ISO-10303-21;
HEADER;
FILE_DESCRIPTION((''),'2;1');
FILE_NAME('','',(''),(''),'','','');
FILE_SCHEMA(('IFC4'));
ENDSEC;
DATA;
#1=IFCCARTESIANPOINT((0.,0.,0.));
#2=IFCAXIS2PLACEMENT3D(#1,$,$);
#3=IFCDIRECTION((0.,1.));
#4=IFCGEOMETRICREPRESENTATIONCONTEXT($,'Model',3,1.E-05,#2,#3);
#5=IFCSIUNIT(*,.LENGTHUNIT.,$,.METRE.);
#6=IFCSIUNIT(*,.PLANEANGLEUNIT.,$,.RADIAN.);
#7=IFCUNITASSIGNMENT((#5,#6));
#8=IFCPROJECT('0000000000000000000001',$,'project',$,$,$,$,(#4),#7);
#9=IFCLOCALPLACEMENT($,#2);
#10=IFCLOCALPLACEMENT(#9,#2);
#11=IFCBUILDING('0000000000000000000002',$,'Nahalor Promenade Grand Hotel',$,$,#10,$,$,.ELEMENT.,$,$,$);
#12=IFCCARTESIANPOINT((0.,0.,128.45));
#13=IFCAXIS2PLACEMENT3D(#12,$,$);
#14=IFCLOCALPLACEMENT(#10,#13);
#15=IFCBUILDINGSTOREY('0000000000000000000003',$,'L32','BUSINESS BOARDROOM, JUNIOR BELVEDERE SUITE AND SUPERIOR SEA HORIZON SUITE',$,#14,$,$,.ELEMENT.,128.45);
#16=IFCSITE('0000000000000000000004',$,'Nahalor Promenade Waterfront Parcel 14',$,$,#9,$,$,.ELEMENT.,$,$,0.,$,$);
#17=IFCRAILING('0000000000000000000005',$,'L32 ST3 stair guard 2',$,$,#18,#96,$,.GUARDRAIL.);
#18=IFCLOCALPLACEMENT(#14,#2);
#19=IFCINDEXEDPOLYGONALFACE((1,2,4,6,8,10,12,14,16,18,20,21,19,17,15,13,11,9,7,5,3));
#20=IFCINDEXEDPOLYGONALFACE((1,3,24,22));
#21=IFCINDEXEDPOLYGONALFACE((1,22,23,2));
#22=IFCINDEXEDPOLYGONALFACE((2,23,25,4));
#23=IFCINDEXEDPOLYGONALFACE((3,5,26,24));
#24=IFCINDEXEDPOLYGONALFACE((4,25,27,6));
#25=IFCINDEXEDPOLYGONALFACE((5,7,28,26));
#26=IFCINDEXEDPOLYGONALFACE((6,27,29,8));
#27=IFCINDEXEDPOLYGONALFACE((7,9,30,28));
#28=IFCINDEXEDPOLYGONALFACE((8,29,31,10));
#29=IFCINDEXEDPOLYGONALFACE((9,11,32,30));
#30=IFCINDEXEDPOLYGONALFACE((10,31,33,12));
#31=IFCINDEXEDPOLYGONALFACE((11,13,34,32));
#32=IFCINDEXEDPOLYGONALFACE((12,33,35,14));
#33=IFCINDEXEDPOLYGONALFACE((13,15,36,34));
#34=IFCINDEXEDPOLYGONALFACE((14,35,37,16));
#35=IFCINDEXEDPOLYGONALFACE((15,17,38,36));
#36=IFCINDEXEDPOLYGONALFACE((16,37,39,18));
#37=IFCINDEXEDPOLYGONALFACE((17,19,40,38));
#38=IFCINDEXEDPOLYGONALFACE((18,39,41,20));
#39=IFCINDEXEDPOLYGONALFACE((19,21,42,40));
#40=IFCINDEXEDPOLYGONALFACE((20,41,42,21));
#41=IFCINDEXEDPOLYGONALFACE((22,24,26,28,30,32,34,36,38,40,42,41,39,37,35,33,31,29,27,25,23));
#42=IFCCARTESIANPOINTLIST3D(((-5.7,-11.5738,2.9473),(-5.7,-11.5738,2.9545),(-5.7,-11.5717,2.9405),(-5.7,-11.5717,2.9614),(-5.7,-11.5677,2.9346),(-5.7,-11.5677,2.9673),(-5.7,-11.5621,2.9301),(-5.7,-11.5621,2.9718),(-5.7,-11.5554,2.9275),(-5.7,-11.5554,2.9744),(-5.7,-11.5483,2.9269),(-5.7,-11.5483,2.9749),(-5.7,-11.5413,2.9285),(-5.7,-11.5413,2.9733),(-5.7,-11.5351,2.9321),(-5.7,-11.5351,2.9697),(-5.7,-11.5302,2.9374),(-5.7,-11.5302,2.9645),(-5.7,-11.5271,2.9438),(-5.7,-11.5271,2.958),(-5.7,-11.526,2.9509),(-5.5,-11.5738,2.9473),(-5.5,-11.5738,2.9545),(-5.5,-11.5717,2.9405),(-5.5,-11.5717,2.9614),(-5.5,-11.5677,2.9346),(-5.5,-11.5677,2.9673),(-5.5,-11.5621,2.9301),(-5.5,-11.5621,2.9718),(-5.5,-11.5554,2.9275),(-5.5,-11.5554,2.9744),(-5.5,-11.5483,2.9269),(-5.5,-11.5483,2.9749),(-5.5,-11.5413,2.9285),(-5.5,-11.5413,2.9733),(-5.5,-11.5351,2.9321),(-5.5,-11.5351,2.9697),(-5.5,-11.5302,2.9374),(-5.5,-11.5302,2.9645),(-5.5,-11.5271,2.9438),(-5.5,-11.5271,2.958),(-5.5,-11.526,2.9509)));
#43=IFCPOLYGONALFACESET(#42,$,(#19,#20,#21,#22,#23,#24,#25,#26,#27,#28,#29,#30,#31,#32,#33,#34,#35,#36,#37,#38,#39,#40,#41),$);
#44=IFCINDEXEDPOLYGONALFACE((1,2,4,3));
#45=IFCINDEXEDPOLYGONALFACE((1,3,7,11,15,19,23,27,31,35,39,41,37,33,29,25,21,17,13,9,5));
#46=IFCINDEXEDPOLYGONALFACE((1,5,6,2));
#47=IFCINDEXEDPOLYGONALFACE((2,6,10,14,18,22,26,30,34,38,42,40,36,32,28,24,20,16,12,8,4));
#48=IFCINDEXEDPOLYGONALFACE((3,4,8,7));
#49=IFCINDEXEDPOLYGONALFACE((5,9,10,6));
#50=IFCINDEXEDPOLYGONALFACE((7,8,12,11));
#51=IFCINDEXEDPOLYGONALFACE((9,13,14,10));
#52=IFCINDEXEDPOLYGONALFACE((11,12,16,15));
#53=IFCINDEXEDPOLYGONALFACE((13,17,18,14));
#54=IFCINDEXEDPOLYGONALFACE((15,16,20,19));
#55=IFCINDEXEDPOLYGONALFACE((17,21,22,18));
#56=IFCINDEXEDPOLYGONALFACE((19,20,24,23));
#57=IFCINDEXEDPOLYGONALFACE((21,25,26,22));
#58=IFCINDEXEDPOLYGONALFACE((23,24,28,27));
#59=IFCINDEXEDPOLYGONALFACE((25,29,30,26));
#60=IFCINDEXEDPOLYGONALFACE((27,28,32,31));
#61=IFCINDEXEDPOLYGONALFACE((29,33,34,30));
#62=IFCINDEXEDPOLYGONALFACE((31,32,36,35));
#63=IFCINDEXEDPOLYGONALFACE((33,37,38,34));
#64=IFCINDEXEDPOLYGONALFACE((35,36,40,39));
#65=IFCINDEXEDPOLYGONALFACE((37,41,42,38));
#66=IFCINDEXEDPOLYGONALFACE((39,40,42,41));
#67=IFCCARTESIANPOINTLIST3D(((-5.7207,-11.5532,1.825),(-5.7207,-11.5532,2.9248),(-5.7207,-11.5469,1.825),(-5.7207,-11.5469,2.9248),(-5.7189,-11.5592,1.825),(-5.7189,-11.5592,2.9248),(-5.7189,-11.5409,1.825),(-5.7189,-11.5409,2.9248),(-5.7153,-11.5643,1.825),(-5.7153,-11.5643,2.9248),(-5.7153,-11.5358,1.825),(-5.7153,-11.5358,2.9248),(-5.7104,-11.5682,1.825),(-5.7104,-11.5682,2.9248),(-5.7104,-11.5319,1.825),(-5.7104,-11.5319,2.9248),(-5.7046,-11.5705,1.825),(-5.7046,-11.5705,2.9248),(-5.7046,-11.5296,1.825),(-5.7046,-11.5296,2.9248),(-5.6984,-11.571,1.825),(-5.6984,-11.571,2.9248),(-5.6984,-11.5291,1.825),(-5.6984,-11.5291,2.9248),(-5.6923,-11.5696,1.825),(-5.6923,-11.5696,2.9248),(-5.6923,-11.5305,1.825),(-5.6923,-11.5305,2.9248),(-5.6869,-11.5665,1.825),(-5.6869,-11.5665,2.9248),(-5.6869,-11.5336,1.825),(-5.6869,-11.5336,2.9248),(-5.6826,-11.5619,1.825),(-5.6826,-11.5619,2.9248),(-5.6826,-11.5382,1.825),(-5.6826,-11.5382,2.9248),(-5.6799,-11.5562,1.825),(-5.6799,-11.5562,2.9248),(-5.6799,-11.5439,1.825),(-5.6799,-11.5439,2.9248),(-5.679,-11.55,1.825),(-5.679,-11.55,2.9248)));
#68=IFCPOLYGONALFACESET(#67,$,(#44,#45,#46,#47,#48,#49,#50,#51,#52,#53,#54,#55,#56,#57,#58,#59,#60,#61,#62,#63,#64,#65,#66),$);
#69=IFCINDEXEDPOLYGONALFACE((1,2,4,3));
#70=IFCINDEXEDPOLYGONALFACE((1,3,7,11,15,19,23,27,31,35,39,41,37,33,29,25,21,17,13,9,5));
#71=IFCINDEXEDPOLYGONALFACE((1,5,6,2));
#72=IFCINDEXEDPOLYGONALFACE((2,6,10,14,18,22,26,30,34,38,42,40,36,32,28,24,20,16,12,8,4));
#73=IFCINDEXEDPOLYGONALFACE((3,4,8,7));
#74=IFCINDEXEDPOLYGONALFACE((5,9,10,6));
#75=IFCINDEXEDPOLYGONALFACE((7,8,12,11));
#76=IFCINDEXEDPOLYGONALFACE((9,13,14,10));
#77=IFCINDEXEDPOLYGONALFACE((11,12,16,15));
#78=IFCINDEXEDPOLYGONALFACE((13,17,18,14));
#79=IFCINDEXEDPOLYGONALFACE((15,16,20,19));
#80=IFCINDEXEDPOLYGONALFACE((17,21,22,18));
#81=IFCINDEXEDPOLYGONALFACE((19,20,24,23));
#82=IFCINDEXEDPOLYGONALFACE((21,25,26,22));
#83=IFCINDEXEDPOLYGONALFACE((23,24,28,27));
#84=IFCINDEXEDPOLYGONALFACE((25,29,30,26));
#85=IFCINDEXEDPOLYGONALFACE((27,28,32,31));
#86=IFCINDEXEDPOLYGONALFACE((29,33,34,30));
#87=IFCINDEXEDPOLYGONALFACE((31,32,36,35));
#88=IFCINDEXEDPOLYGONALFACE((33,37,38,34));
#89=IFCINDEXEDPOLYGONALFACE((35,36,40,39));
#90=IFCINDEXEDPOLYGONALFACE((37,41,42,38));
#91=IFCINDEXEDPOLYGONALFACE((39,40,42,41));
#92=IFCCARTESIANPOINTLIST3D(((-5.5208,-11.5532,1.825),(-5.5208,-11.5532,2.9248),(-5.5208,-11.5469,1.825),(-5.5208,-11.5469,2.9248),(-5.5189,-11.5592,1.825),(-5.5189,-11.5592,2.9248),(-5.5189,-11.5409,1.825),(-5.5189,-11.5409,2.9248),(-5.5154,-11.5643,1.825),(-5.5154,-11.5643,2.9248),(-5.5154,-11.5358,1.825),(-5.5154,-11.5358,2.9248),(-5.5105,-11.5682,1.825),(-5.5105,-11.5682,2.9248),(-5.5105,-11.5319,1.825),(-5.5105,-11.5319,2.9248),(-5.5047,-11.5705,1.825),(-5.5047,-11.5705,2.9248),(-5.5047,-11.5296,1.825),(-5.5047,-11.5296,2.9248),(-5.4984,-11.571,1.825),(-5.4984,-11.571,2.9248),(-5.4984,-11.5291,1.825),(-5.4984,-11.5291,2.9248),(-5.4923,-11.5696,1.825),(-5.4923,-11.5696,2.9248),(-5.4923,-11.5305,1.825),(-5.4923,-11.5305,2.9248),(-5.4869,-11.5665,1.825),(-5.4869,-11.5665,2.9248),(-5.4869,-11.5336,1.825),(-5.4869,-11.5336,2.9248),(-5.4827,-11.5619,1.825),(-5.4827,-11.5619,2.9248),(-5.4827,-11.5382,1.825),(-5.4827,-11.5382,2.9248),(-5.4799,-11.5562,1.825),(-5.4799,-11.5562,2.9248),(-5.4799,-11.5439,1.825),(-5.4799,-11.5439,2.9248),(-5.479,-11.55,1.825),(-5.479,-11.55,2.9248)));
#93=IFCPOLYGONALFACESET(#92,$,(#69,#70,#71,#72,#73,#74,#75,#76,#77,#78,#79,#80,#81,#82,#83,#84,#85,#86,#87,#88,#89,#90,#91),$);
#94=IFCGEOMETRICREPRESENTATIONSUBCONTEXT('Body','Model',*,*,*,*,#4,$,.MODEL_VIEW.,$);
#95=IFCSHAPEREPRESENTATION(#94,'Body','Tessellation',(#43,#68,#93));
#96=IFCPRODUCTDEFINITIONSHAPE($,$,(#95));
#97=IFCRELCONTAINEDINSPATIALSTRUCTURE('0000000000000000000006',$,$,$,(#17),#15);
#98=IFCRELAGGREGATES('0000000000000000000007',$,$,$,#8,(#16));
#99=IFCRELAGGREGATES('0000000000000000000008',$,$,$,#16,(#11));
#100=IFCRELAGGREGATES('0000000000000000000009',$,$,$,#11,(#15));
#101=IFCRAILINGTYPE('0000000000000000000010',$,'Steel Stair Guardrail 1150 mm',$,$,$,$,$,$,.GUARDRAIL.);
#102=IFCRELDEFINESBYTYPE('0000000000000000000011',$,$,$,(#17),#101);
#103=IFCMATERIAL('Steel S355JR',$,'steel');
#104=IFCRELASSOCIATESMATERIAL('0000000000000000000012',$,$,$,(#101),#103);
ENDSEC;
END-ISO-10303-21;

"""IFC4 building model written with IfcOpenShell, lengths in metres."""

from ifc_helpers import new_model, si_unit, direction, frame, origin, origin_2d, place, context, subcontext, project, spatial, circle, extrude, material, type_object, element, save


model = new_model("IFC4")

# Units and contexts
model_context = context("Model", 3, precision=1e-05, world=origin(), true_north=direction((0.0, 1.0)))
body_context = subcontext(model_context, "Body", "Model", "MODEL_VIEW")
ifc_project = project(units=[si_unit("LENGTHUNIT", "METRE"), si_unit("PLANEANGLEUNIT", "RADIAN")], contexts=[model_context])

# Site, building, storey
site_placement = place(None, origin())
site = spatial("IfcSite", under=ifc_project, at=site_placement, Name="Nahalor Promenade Waterfront Parcel 14", CompositionType="ELEMENT", RefElevation=0.0)
building_placement = place(site_placement, origin())
building = spatial("IfcBuilding", under=site, at=building_placement, Name="Nahalor Promenade Grand Hotel", CompositionType="ELEMENT")
storey_placement = place(building_placement, frame((0.0, 0.0, 128.45)))
storey = spatial("IfcBuildingStorey", under=building, at=storey_placement, Name="L32", Description="BUSINESS BOARDROOM, JUNIOR BELVEDERE SUITE AND SUPERIOR SEA HORIZON SUITE", CompositionType="ELEMENT", Elevation=128.45)

# Shared definitions
ifc_material_1 = material(Name="Steel S355JR", Category="steel")

# Railing
railing_type_1 = type_object("IfcRailingType", Name="Steel Stair Guardrail 1150 mm", PredefinedType="GUARDRAIL", material=ifc_material_1)
railing_1_placement = place(storey_placement, frame((-5.7, -11.55, 1.825)))
element("IfcRailing", 1, at=railing_1_placement, inside=storey, type_object=railing_type_1, Name="L32 ST3 stair guard 2", PredefinedType="GUARDRAIL", context=body_context, shape_type="SweptSolid", body=[
    extrude(circle(Radius=0.024, at=origin_2d()), frame((0.0, 0.0, 1.126), z_axis=(1.0, 0.0, 0.0), x_axis=(0.0, 1.0, 0.0)), (0.0, 0.0, 1.0), 0.2),
    extrude(circle(Radius=0.021, at=origin_2d()), origin(), (0.0, 0.0, 1.0), 1.0999),
    extrude(circle(Radius=0.021, at=origin_2d()), frame((0.2, 0.0, 0.0)), (0.0, 0.0, 1.0), 1.0999),
])

save(model, "model.ifc")
